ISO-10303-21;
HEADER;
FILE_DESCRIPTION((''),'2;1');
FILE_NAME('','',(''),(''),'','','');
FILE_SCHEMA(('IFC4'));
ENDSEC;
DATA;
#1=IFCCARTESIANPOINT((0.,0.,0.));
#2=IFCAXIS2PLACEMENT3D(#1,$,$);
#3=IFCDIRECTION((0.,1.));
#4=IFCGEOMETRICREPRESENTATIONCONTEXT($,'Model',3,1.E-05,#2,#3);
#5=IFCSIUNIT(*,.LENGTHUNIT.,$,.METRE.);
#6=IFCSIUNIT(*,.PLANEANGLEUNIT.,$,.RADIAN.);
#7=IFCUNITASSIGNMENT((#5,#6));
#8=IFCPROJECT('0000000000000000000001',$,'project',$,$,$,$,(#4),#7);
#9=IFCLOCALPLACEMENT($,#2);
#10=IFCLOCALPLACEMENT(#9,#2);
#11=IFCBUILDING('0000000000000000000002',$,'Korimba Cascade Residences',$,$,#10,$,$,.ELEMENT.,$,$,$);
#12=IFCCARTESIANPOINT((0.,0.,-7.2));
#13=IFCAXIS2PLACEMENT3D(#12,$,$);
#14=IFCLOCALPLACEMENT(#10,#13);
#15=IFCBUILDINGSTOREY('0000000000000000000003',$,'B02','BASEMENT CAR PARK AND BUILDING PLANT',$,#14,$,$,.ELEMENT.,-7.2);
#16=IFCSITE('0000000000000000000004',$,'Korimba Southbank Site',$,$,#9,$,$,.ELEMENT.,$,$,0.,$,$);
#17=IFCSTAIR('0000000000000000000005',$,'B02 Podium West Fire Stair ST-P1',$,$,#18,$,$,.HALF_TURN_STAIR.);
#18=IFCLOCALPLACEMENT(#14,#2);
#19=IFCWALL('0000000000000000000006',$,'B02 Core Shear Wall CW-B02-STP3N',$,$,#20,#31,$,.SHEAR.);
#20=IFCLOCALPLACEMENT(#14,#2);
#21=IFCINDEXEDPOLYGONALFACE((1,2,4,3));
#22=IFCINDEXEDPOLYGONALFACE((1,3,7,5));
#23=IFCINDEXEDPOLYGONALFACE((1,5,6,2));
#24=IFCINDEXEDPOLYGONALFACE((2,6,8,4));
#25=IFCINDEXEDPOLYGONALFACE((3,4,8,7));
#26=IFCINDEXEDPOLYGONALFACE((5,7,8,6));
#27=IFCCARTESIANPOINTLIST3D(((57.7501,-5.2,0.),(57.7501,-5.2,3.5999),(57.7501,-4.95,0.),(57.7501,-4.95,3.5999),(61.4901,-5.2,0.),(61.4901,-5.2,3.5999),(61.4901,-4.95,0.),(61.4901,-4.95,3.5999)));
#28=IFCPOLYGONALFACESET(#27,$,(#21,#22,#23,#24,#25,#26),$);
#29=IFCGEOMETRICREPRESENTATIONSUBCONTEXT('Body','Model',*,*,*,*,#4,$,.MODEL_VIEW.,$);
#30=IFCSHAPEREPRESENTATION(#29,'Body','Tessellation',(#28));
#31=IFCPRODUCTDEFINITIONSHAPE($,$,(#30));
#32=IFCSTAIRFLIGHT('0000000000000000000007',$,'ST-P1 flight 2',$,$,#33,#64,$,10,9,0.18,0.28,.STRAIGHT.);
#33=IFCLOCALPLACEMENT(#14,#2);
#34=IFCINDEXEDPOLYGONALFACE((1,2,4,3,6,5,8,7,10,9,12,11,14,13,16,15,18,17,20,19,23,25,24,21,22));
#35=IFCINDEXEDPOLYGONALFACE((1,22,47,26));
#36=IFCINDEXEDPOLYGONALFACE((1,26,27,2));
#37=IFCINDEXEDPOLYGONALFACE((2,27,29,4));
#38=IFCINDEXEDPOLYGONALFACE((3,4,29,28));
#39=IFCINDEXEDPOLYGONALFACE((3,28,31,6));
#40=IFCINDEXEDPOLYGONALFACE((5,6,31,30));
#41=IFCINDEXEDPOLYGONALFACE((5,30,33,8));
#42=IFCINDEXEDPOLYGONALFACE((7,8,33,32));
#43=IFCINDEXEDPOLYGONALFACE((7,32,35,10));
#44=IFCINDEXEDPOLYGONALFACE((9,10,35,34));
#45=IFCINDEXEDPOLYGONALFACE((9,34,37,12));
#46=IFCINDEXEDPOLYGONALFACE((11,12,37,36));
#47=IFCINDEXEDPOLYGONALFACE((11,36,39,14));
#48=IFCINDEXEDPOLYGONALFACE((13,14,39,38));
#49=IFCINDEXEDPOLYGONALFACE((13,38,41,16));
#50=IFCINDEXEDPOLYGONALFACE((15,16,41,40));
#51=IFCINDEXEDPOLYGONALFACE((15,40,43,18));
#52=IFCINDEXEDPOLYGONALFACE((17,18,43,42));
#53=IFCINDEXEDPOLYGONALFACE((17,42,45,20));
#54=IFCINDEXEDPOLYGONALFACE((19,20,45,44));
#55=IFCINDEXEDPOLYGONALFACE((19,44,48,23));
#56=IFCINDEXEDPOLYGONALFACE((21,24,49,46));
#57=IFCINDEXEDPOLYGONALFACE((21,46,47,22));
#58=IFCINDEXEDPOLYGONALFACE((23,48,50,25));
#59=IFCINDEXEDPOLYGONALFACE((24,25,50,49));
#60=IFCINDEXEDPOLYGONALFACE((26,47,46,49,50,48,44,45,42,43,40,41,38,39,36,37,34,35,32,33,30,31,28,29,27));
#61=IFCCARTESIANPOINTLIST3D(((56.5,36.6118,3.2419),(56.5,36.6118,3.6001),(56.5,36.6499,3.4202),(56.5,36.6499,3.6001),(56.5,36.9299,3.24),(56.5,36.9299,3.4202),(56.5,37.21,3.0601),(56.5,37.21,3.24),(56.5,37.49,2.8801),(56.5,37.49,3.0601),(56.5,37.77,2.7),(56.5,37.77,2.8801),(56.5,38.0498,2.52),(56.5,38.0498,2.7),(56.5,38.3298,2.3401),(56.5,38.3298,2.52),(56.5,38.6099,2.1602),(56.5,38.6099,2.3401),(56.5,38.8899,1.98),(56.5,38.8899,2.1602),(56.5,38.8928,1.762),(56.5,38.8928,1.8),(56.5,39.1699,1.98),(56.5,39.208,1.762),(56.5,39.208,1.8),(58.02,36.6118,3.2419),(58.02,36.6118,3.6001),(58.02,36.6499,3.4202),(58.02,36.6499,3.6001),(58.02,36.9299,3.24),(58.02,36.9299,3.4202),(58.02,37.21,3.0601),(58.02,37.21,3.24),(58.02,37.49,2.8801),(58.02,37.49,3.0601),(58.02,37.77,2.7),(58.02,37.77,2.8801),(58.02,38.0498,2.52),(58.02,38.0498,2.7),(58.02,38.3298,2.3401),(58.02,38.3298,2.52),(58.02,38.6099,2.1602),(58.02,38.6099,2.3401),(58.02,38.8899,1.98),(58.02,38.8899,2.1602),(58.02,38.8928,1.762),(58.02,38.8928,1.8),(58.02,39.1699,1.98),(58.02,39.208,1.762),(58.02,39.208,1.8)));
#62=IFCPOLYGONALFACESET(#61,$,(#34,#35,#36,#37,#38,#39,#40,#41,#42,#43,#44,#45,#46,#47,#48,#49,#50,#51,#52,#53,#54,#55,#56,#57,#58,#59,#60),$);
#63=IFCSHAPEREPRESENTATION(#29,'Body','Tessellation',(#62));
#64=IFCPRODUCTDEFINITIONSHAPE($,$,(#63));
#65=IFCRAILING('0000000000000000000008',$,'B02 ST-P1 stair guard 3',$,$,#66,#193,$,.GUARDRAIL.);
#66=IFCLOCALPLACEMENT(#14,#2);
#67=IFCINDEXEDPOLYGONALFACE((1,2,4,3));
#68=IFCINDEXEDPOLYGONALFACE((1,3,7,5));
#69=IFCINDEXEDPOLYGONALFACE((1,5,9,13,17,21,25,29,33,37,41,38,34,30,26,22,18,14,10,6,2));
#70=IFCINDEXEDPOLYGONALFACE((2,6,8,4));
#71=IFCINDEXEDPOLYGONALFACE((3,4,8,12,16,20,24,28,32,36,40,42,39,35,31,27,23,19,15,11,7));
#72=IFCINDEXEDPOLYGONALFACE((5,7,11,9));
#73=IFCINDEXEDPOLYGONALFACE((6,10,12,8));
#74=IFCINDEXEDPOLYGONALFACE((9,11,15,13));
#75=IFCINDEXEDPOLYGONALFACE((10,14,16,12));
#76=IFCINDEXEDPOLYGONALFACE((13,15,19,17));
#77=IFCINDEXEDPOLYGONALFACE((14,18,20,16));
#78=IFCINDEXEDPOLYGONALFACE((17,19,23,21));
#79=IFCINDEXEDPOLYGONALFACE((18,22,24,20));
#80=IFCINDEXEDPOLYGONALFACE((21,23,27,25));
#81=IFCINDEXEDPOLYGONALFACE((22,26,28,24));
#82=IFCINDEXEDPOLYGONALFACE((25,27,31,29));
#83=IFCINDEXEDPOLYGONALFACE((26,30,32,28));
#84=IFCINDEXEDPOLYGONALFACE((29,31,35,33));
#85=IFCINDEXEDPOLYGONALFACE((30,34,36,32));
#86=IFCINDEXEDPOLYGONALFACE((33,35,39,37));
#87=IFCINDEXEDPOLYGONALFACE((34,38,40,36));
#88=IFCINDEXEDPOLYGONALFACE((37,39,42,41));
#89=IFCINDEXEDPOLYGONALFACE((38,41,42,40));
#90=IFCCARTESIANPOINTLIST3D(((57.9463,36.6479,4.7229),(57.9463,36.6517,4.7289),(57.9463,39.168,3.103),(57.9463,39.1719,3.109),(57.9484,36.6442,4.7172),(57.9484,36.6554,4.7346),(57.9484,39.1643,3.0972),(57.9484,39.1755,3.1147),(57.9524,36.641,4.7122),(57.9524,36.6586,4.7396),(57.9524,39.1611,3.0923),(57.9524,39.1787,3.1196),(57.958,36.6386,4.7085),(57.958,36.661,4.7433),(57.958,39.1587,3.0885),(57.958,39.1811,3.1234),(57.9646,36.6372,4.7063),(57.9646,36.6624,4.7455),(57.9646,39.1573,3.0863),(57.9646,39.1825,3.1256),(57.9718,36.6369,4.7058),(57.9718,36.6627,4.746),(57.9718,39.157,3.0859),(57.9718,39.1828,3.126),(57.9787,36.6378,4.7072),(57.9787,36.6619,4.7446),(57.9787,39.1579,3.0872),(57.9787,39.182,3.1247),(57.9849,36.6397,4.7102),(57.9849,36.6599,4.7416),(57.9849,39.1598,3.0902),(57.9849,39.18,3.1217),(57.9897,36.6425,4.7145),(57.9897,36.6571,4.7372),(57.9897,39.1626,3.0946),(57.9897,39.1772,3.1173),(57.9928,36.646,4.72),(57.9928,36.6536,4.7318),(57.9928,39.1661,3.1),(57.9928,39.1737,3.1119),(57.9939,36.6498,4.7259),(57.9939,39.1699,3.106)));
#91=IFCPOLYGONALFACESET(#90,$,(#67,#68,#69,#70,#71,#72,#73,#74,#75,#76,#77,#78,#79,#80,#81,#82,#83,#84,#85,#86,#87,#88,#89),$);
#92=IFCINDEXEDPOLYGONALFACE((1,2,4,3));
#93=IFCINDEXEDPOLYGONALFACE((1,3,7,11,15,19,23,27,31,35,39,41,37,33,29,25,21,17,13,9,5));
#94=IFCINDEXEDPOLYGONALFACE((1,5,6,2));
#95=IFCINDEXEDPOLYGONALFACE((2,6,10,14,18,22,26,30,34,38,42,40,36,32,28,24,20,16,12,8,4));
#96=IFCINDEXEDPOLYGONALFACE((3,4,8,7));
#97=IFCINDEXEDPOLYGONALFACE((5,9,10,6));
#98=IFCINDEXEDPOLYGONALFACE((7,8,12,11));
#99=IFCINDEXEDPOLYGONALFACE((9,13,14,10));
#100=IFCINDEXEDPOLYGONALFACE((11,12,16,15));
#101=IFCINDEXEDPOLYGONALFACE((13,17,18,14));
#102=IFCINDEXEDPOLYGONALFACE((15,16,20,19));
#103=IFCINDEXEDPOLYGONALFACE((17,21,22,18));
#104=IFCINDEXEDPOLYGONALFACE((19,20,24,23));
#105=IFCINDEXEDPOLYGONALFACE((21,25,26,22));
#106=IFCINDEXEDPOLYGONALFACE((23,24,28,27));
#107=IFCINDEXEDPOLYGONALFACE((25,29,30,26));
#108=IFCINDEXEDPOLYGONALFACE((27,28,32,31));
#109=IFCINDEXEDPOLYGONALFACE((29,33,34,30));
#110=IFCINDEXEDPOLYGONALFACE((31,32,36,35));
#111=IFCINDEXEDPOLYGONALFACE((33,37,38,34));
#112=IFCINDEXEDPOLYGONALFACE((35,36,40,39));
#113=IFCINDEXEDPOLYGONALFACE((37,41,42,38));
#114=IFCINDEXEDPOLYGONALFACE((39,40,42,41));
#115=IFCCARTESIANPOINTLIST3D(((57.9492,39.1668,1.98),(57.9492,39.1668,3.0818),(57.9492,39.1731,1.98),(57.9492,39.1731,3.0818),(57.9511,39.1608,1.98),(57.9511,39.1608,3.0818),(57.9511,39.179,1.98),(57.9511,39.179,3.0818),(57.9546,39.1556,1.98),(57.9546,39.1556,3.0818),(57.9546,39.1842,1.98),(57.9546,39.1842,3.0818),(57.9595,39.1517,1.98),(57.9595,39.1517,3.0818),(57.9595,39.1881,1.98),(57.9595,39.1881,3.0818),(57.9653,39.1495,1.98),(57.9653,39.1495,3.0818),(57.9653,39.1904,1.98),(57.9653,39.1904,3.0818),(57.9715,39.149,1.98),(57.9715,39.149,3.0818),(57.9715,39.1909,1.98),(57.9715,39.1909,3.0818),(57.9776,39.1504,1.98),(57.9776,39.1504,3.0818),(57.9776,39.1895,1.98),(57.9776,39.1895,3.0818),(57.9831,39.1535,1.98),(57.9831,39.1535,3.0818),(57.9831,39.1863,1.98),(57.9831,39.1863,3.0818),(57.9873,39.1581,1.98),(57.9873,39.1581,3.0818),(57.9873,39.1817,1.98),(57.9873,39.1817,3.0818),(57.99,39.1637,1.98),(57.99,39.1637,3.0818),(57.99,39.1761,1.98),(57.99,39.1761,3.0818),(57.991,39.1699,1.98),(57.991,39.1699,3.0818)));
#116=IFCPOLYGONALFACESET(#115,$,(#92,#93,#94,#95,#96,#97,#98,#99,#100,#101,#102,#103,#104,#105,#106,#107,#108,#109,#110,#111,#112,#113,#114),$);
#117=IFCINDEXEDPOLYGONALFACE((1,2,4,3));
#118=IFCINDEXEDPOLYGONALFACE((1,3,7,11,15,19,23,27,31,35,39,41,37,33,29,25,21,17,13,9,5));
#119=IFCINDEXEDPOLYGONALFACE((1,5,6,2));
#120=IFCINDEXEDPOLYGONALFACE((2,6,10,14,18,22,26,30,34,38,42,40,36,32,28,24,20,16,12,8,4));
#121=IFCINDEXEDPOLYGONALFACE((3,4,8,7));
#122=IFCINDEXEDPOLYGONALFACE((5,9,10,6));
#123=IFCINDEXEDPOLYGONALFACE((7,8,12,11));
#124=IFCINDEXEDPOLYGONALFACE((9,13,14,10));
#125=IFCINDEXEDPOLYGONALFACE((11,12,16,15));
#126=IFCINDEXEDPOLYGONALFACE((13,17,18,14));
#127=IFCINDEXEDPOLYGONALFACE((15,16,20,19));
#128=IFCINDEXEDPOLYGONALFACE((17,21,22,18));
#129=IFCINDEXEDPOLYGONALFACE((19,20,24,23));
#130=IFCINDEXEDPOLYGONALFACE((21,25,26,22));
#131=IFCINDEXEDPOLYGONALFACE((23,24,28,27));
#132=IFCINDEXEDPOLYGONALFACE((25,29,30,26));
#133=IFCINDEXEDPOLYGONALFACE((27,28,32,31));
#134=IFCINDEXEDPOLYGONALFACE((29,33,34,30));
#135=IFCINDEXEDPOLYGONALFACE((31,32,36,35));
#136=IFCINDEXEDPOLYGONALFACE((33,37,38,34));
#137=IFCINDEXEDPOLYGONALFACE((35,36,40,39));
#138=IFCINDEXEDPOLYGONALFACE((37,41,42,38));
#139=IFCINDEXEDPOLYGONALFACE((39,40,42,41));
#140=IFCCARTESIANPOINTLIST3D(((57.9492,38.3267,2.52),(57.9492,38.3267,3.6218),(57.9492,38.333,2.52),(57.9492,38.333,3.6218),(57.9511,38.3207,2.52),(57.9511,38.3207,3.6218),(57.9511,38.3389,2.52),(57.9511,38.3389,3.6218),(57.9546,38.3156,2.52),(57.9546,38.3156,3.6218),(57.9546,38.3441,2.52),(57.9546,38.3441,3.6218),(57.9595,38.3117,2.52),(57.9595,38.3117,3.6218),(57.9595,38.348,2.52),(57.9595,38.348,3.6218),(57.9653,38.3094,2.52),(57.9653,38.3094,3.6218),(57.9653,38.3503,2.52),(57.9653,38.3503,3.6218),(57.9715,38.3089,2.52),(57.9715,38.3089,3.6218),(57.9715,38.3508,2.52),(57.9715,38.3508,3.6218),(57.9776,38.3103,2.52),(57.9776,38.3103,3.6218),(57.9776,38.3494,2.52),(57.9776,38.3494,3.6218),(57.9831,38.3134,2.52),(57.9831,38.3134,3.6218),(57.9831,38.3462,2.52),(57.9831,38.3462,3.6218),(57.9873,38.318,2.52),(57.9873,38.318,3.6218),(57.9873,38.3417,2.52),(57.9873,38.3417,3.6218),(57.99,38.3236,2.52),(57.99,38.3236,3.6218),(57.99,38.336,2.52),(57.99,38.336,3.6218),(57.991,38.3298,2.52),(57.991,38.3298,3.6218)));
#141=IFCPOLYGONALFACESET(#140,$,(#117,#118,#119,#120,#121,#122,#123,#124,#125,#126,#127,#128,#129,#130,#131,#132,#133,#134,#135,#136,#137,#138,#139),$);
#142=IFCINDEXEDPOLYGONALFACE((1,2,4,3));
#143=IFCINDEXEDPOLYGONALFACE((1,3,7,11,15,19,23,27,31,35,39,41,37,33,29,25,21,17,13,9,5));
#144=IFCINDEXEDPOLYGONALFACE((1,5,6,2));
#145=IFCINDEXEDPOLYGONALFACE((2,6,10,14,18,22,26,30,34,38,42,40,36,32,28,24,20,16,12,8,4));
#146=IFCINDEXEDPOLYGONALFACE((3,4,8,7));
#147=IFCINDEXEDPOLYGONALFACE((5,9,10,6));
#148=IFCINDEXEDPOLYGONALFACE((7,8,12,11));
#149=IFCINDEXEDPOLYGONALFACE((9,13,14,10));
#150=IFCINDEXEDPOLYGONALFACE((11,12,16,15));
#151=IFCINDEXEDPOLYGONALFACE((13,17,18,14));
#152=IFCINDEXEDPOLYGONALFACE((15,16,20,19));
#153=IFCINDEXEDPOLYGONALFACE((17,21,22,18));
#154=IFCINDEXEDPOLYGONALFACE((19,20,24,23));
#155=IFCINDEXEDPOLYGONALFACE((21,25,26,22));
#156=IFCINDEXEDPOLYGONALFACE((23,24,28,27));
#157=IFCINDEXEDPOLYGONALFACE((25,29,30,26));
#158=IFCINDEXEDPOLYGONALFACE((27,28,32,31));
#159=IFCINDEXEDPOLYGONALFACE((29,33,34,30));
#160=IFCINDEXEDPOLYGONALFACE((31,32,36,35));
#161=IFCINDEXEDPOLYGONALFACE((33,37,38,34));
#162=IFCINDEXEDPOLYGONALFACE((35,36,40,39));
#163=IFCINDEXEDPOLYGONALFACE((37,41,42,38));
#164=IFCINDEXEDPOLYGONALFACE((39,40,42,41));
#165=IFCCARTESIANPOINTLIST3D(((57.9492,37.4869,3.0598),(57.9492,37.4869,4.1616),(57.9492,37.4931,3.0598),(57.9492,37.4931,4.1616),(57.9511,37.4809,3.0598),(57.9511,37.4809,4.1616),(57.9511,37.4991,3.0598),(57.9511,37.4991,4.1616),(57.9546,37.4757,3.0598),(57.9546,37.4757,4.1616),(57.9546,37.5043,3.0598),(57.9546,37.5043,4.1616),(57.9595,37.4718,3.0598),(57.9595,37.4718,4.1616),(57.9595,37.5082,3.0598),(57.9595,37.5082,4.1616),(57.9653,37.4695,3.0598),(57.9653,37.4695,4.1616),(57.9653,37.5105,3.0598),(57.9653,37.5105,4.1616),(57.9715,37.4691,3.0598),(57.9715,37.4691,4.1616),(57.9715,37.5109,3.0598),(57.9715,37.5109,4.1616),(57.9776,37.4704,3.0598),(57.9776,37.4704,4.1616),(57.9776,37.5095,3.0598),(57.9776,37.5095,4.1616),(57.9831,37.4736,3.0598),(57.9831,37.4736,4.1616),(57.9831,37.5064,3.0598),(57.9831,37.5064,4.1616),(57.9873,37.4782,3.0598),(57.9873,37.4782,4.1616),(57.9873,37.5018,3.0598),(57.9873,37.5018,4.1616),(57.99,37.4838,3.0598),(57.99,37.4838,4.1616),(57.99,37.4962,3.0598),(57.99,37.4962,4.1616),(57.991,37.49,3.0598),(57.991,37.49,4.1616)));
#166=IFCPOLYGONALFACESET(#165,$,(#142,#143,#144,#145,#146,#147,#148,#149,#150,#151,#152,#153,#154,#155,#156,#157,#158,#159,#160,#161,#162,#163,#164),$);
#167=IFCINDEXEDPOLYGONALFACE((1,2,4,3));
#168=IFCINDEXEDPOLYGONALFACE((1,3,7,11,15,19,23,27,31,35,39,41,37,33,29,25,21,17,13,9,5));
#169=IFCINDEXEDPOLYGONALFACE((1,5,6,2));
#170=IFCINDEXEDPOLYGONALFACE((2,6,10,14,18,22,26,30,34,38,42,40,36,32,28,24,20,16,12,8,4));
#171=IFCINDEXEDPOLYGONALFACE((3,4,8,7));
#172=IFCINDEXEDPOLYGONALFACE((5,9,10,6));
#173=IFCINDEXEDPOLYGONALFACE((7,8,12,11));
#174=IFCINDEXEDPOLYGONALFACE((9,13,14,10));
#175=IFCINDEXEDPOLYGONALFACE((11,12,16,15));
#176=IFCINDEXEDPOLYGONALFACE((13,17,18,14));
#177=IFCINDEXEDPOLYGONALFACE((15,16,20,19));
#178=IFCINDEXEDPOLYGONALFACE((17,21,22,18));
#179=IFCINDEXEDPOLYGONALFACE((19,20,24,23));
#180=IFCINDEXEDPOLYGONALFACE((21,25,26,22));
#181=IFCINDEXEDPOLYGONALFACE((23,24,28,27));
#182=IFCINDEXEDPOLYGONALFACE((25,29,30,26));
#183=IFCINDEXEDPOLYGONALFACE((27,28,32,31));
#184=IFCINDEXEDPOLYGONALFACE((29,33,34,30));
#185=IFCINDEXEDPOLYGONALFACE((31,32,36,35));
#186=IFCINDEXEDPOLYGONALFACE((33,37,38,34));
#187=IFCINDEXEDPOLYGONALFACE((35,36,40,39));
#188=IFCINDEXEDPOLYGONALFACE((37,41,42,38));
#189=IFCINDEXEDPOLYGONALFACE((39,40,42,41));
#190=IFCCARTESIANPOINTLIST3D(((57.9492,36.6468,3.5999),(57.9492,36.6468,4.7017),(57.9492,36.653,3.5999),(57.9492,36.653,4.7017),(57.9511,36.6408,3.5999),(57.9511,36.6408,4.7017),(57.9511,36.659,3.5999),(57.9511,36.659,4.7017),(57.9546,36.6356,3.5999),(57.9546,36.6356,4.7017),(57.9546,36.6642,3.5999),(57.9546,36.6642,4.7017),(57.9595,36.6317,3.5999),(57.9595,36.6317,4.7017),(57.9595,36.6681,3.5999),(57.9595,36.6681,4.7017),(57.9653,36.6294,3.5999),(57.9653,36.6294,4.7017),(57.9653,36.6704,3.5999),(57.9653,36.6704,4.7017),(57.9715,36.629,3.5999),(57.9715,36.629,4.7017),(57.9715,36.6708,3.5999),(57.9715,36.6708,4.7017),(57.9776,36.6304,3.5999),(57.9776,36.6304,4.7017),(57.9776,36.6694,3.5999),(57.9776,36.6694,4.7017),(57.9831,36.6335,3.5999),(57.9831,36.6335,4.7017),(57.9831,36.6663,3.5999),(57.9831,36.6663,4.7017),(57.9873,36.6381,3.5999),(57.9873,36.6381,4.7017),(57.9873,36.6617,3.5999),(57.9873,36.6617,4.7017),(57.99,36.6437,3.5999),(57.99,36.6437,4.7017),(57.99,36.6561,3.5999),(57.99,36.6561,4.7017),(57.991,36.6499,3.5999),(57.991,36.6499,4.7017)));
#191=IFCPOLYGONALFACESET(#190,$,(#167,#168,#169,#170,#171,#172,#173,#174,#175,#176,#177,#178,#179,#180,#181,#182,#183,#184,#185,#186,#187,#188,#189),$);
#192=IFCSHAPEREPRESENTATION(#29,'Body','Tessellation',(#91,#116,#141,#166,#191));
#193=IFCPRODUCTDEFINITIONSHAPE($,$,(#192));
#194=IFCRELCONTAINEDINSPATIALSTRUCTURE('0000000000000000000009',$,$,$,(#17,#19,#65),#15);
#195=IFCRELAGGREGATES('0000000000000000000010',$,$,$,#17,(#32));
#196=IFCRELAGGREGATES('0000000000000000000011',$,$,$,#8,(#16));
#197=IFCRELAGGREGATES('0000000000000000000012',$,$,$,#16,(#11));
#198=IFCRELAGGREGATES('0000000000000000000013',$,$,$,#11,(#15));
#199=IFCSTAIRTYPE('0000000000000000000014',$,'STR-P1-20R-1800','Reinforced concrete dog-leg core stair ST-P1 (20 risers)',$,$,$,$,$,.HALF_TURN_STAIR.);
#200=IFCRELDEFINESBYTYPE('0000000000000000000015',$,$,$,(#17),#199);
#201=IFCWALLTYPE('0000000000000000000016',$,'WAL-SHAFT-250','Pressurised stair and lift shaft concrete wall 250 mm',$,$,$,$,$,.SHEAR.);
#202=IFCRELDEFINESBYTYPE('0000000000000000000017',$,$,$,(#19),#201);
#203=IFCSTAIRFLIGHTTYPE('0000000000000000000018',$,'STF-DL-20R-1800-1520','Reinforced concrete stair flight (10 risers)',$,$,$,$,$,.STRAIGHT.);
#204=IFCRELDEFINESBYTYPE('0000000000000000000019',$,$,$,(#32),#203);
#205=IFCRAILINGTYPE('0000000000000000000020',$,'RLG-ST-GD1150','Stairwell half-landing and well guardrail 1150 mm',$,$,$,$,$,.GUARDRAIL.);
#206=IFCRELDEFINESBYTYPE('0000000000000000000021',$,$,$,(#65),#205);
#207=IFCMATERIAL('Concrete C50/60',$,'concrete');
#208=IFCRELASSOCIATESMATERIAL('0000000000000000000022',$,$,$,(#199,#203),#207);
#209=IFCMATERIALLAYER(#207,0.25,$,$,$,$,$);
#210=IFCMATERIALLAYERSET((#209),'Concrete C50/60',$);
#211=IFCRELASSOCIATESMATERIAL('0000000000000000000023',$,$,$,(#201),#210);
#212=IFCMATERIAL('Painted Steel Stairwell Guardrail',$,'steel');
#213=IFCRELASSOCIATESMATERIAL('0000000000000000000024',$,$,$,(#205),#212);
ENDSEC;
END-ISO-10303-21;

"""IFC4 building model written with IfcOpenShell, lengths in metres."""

from ifc_helpers import new_model, si_unit, direction, frame, frame_2d, origin, origin_2d, place, context, subcontext, project, spatial, polyline, rectangle, circle, outline, extrude, material, layer, layer_set, type_object, element, aggregate, save


model = new_model("IFC4")

# Units and contexts
model_context = context("Model", 3, precision=1e-05, world=origin(), true_north=direction((0.0, 1.0)))
body_context = subcontext(model_context, "Body", "Model", "MODEL_VIEW")
ifc_project = project(units=[si_unit("LENGTHUNIT", "METRE"), si_unit("PLANEANGLEUNIT", "RADIAN")], contexts=[model_context])

# Site, building, storey
site_placement = place(None, origin())
site = spatial("IfcSite", under=ifc_project, at=site_placement, Name="Korimba Southbank Site", CompositionType="ELEMENT", RefElevation=0.0)
building_placement = place(site_placement, origin())
building = spatial("IfcBuilding", under=site, at=building_placement, Name="Korimba Cascade Residences", CompositionType="ELEMENT")
storey_placement = place(building_placement, frame((0.0, 0.0, -7.2)))
storey = spatial("IfcBuildingStorey", under=building, at=storey_placement, Name="B02", Description="BASEMENT CAR PARK AND BUILDING PLANT", CompositionType="ELEMENT", Elevation=-7.2)

# Stair
ifc_material_1 = material(Name="Concrete C50/60", Category="concrete")
stair_type_1 = type_object("IfcStairType", Name="STR-P1-20R-1800", Description="Reinforced concrete dog-leg core stair ST-P1 (20 risers)", PredefinedType="HALF_TURN_STAIR", material=ifc_material_1)
stair_1_placement = place(storey_placement, origin())
stair_1 = element("IfcStair", 1, at=stair_1_placement, inside=storey, type_object=stair_type_1, Name="B02 Podium West Fire Stair ST-P1", PredefinedType="HALF_TURN_STAIR")

# Wall
ifc_layer_1 = layer(ifc_material_1, 0.25)
ifc_layer_set_1 = layer_set([ifc_layer_1], Name="Concrete C50/60")
wall_type_1 = type_object("IfcWallType", Name="WAL-SHAFT-250", Description="Pressurised stair and lift shaft concrete wall 250 mm", PredefinedType="SHEAR", material=ifc_layer_set_1)
for number, where, z_axis, x_axis, name in (
    (2, (57.75, -5.075, 0.0), (0.0, 0.0, 1.0), (1.0, 0.0, 0.0), "B02 Core Shear Wall CW-B02-STP3N"),
):
    element("IfcWall", number, at=place(storey_placement, frame(where, z_axis=z_axis, x_axis=x_axis)), inside=storey, type_object=wall_type_1, Name=name, PredefinedType="SHEAR", context=body_context, shape_type="SweptSolid", body=[
        extrude(rectangle(XDim=3.74, YDim=0.25, at=frame_2d((1.8701, 0.0))), origin(), (0.0, 0.0, 1.0), 3.5999),
    ])

# Stair flight
stair_flight_type = type_object("IfcStairFlightType", Name="STF-DL-20R-1800-1520", Description="Reinforced concrete stair flight (10 risers)", PredefinedType="STRAIGHT", material=ifc_material_1)
stair_flight_placement = place(storey_placement, frame((57.26, 39.1699, 1.8), z_axis=(0.0, 0.0, 1.0), x_axis=(0.0, -1.0, 0.0)))
stair_flight = element("IfcStairFlight", 3, at=stair_flight_placement, type_object=stair_flight_type, Name="ST-P1 flight 2", NumberOfRisers=10, NumberOfTreads=9, PredefinedType="STRAIGHT", RiserHeight=0.18, TreadLength=0.28, context=body_context, shape_type="SweptSolid", body=[
    extrude(outline(polyline([(-0.0381, 0.0), (0.0, 0.1799), (0.28, 0.1799), (0.28, 0.3601), (0.5601, 0.3601), (0.5601, 0.54), (0.8401, 0.54), (0.8401, 0.72), (1.1201, 0.72), (1.1201, 0.8999), (1.3999, 0.8999), (1.3999, 1.0801), (1.6799, 1.0801), (1.6799, 1.26), (1.96, 1.26), (1.96, 1.4399), (2.24, 1.4399), (2.24, 1.6201), (2.52, 1.6201), (2.52, 1.8), (2.5581, 1.8), (2.5581, 1.4419), (0.2771, 0.0), (0.2771, -0.0381), (-0.0381, -0.0381), (-0.0381, 0.0)])), frame((0.0, 0.76, 0.0), z_axis=(0.0, -1.0, 0.0), x_axis=(1.0, 0.0, 0.0)), (0.0, 0.0, 1.0), 1.52),
])
aggregate(stair_1, [stair_flight])

# Railing
ifc_material_2 = material(Name="Painted Steel Stairwell Guardrail", Category="steel")
railing_type_1 = type_object("IfcRailingType", Name="RLG-ST-GD1150", Description="Stairwell half-landing and well guardrail 1150 mm", PredefinedType="GUARDRAIL", material=ifc_material_2)
railing_placement = place(storey_placement, frame((57.97, 39.1699, 1.98)))
element("IfcRailing", 4, at=railing_placement, inside=storey, type_object=railing_type_1, Name="B02 ST-P1 stair guard 3", PredefinedType="GUARDRAIL", context=body_context, shape_type="SweptSolid", body=[
    extrude(circle(Radius=0.0239, at=origin_2d()), frame((0.0, 0.0, 1.126), z_axis=(0.0, -0.8412, 0.540725), x_axis=(1.0, 0.0, 0.0)), (0.0, 0.0, 1.0), 2.9958),
    extrude(circle(Radius=0.021, at=origin_2d()), origin(), (0.0, 0.0, 1.0), 1.1018),
    extrude(circle(Radius=0.021, at=origin_2d()), frame((0.0, -0.8401, 0.54)), (0.0, 0.0, 1.0), 1.1018),
    extrude(circle(Radius=0.021, at=origin_2d()), frame((0.0, -1.6799, 1.0798)), (0.0, 0.0, 1.0), 1.1018),
    extrude(circle(Radius=0.021, at=origin_2d()), frame((0.0, -2.52, 1.6199)), (0.0, 0.0, 1.0), 1.1018),
])

save(model, "model.ifc")
